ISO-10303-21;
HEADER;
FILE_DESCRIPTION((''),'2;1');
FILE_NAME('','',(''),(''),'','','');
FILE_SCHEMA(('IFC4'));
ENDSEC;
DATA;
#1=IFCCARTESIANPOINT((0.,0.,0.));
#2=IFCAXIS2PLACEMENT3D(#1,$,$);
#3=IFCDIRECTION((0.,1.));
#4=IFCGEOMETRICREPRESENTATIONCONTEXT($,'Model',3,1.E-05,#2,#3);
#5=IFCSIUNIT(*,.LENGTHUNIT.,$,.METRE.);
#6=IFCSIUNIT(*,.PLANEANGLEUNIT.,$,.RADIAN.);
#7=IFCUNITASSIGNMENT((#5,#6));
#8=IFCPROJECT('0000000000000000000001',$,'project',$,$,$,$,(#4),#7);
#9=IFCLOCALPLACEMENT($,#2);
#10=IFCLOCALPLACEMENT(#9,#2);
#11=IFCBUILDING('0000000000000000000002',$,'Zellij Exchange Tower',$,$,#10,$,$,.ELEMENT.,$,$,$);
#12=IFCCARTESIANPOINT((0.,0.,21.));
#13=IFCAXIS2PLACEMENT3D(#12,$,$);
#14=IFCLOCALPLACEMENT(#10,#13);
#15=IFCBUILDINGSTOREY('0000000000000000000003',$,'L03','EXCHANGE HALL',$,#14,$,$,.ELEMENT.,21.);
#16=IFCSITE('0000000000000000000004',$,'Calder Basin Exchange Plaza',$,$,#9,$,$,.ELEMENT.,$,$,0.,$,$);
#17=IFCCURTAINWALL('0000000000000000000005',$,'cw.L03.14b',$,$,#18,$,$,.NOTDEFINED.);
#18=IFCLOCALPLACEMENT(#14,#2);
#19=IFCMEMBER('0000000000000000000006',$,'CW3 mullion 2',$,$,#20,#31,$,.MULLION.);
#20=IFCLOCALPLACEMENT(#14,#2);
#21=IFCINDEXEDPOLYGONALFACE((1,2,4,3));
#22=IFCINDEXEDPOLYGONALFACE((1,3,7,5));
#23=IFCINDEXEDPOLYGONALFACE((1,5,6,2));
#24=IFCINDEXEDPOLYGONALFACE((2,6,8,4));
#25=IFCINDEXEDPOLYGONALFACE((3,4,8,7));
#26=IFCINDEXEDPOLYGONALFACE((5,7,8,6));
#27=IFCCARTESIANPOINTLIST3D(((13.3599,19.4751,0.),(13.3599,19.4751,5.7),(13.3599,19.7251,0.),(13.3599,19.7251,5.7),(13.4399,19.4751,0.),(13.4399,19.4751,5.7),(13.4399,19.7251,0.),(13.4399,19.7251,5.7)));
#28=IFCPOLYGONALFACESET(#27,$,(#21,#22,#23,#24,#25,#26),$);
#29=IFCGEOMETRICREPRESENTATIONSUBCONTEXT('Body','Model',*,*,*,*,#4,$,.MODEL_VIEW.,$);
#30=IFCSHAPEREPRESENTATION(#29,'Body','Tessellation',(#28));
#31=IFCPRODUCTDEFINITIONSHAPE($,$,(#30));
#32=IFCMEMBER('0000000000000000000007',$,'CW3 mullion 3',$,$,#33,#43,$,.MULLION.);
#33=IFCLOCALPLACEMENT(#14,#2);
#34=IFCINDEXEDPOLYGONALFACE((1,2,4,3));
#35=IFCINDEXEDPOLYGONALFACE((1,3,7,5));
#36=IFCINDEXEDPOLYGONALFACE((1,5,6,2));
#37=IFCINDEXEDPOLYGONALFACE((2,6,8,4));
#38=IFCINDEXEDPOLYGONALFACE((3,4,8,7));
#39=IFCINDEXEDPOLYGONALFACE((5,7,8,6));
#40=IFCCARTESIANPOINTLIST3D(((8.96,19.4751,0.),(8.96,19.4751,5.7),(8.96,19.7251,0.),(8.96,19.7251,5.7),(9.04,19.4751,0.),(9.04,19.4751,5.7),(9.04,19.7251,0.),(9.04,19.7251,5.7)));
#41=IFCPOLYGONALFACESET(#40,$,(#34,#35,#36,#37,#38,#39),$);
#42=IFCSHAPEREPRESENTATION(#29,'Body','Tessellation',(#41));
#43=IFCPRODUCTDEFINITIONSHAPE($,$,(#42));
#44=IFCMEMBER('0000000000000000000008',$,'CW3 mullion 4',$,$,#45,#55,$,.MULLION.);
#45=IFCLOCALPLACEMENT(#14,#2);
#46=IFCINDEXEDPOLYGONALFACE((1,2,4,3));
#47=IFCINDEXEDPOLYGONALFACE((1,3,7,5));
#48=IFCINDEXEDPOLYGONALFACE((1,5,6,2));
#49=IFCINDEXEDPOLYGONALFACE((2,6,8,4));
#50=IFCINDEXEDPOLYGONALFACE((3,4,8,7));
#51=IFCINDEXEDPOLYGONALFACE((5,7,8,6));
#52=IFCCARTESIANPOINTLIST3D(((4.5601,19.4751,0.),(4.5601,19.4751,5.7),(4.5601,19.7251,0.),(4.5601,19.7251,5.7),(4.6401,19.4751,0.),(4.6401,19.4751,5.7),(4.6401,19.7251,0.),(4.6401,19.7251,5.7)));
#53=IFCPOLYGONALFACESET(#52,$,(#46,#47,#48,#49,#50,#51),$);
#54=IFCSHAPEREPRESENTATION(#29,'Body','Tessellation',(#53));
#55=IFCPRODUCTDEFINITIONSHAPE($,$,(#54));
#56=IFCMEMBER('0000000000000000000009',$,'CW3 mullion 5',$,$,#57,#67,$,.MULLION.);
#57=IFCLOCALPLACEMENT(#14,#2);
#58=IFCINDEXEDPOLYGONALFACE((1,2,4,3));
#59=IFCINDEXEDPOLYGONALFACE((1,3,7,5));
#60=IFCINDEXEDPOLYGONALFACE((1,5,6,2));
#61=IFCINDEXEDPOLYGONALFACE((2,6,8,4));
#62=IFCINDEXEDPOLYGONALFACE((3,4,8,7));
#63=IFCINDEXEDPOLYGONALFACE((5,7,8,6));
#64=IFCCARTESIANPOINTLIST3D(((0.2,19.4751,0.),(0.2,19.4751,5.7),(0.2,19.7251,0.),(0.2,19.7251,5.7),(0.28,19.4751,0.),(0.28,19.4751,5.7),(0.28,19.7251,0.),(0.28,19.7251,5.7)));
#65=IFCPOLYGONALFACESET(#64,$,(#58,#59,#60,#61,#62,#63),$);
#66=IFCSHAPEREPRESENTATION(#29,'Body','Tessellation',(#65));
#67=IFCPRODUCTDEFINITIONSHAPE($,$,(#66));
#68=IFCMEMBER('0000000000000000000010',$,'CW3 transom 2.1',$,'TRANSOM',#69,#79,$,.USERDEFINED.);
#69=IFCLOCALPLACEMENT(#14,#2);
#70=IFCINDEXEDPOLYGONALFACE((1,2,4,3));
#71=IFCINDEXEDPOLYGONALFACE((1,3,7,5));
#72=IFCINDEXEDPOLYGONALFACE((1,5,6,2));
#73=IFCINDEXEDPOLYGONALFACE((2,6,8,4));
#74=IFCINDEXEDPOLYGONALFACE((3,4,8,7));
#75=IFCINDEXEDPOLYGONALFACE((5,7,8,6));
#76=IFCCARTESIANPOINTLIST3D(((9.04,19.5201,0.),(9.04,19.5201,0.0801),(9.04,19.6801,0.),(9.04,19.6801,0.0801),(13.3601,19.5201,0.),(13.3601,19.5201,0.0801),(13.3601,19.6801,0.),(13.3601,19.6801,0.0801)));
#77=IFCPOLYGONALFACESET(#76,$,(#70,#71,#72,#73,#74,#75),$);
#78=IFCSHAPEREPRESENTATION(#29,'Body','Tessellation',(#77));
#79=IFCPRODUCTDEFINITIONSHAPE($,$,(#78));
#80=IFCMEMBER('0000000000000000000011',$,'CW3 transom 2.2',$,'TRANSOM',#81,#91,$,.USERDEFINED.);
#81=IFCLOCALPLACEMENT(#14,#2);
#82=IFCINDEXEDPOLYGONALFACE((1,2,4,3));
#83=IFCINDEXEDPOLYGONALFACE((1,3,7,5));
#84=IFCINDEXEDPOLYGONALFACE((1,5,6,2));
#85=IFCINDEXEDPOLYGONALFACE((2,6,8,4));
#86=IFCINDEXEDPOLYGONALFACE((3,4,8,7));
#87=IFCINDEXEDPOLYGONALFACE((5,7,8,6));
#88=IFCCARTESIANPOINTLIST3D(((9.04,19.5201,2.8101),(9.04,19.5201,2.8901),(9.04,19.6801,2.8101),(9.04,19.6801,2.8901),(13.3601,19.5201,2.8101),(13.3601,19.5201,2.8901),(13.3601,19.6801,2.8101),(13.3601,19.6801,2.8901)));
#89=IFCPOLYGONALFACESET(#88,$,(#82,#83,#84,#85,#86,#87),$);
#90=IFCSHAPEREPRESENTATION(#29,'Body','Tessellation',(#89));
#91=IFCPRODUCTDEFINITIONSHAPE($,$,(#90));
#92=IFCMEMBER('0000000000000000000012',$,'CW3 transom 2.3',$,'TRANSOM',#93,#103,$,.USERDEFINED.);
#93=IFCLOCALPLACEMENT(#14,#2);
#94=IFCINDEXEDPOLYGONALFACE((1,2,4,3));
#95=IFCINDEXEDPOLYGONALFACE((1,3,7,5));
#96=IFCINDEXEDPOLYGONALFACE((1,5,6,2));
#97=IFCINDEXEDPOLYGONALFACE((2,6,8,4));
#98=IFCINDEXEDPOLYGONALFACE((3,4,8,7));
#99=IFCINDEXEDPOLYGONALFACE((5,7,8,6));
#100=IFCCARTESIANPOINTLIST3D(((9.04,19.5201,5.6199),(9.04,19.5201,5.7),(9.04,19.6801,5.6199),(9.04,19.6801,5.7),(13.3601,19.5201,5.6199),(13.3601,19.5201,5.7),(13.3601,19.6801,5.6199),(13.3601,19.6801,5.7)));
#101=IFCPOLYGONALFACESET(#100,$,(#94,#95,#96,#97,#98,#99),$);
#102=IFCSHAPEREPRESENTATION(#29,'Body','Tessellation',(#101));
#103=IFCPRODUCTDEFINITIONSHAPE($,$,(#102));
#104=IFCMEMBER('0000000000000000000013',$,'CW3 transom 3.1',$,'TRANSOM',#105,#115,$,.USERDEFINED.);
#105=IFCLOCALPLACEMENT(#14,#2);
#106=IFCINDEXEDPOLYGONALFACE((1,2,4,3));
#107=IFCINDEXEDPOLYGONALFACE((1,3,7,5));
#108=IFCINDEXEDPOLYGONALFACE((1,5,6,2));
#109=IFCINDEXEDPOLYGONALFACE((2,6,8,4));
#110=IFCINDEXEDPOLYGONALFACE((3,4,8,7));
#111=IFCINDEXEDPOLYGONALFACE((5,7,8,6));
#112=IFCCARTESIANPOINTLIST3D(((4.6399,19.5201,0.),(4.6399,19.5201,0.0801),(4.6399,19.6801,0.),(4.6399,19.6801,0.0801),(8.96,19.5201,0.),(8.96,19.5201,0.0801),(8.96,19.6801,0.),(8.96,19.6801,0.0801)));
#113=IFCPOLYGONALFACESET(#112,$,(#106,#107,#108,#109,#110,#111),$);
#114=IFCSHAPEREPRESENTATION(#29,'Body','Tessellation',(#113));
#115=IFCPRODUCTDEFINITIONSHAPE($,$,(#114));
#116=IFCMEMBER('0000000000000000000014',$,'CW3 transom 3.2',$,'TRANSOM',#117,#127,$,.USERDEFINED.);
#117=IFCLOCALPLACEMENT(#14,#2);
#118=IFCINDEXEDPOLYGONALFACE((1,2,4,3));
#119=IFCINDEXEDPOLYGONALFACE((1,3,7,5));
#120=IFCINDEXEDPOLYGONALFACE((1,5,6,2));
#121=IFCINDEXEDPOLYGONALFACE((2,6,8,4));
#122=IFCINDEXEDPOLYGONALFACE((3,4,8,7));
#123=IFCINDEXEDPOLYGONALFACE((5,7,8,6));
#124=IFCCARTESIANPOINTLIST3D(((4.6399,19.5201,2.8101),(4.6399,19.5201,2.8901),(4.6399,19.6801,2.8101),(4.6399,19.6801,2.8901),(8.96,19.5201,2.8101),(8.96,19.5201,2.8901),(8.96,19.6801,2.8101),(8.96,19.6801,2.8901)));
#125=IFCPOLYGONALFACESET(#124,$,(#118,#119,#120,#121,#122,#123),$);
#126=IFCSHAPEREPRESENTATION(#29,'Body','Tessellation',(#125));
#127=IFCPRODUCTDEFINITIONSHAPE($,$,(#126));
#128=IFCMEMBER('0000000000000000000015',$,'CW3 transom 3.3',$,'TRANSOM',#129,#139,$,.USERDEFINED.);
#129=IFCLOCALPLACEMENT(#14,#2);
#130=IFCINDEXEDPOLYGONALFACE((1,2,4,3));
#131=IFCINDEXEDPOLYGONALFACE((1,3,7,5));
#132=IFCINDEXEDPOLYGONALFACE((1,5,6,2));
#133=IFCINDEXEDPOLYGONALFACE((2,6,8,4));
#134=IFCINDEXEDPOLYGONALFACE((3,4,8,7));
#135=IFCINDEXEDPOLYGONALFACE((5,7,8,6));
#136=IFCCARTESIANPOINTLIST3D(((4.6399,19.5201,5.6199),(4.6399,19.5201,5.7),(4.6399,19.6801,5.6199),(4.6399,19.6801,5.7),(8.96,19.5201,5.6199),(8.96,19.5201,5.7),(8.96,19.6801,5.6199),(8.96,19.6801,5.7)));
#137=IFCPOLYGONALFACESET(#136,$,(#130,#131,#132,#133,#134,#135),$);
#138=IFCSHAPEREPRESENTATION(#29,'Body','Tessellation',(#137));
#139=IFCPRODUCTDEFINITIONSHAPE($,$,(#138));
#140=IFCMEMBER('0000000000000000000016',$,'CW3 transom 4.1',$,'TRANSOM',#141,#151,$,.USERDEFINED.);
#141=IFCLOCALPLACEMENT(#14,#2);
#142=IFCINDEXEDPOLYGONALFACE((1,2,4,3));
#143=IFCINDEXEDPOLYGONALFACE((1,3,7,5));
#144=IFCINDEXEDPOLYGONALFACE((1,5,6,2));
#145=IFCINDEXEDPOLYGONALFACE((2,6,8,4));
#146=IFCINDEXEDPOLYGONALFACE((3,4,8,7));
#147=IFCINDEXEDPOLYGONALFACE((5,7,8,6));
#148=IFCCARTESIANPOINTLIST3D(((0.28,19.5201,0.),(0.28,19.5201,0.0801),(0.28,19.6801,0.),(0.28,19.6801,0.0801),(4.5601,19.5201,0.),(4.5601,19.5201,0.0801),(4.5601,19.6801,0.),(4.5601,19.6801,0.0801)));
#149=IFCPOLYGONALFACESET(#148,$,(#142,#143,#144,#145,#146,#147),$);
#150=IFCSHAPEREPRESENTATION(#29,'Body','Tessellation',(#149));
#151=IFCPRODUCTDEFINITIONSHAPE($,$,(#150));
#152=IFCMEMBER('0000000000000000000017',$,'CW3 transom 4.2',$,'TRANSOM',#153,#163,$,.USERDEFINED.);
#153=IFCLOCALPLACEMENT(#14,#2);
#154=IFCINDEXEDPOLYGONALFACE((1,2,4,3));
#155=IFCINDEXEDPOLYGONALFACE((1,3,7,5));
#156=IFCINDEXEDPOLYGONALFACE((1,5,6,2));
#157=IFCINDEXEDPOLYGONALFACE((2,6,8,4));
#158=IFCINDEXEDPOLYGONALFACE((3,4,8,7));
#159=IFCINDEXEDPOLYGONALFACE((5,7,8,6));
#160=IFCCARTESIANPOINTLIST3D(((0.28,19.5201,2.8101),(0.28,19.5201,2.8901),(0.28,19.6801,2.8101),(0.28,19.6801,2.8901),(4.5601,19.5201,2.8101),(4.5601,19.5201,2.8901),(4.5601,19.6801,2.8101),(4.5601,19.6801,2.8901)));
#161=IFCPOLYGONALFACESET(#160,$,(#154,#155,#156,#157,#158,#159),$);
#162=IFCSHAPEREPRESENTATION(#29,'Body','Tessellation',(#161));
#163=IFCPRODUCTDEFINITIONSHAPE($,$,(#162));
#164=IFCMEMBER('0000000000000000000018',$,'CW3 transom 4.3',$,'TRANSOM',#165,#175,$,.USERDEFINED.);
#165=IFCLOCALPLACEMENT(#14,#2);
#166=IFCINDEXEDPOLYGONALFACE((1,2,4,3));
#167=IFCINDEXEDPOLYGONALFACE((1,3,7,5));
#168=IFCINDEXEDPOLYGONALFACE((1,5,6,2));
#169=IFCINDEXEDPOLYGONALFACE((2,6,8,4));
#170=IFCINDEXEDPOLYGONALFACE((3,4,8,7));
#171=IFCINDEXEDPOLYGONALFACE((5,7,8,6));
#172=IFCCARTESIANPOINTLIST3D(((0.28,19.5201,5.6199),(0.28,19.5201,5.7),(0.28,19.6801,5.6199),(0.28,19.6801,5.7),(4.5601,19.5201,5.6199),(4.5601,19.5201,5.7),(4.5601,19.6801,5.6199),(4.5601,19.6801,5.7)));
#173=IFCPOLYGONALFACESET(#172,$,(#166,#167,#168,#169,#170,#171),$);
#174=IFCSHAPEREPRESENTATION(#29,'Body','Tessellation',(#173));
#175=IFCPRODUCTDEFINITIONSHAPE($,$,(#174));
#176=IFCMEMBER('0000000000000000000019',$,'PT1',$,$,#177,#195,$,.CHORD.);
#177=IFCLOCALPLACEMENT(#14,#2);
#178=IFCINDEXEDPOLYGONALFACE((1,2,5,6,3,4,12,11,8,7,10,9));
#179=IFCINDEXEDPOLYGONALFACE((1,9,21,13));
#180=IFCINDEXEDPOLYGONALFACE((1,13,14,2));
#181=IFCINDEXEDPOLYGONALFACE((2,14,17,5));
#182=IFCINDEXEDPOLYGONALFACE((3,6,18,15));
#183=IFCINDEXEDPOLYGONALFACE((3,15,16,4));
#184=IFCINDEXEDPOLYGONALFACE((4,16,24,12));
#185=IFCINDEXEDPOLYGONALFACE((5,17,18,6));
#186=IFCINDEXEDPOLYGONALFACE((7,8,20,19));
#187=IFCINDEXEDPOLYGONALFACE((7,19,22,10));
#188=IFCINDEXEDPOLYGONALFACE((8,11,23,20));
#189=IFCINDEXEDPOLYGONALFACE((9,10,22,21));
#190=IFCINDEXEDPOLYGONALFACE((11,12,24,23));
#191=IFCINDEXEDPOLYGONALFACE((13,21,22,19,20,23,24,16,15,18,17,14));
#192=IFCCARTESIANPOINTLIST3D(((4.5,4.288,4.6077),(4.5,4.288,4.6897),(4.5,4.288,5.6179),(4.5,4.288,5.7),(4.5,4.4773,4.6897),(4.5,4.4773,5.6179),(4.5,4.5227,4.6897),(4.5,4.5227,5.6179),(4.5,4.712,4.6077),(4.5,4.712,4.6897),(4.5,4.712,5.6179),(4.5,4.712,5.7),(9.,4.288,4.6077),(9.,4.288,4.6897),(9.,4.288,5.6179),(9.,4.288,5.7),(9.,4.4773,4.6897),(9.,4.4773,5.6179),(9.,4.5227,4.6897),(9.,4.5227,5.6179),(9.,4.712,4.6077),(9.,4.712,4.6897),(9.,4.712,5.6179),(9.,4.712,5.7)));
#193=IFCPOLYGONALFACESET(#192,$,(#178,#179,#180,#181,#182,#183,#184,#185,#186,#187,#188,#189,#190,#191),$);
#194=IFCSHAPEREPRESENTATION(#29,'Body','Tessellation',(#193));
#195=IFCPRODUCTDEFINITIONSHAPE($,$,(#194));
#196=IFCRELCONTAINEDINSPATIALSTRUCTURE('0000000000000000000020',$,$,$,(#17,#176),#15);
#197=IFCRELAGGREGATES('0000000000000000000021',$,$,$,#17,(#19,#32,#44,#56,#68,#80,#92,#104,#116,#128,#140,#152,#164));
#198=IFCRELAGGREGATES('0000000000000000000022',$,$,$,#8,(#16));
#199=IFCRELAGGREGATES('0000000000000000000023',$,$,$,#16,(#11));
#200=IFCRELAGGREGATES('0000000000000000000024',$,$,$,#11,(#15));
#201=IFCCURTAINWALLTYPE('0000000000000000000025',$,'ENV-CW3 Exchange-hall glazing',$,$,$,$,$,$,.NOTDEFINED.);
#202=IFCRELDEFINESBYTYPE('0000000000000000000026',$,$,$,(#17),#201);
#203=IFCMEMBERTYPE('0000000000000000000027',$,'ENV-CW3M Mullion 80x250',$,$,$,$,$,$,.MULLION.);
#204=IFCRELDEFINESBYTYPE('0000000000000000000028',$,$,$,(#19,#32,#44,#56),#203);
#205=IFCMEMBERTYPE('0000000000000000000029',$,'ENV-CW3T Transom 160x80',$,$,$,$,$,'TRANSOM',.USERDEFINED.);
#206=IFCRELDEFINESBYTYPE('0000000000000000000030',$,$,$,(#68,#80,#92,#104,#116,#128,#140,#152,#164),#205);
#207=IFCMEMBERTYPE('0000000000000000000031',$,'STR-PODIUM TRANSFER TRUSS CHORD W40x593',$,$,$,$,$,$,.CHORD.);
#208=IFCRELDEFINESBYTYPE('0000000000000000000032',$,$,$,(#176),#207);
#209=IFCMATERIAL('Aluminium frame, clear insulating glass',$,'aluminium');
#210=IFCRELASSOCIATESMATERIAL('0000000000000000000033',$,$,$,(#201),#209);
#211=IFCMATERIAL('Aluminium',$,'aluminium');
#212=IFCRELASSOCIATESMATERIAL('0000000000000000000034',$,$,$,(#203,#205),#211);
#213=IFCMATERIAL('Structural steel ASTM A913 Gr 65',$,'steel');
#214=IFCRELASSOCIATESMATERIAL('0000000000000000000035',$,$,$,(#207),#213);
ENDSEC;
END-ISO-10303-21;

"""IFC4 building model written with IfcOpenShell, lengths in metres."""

from ifc_helpers import new_model, si_unit, direction, frame, origin, origin_2d, place, context, subcontext, project, spatial, rectangle, i_section, extrude, material, material_profile, profile_set, type_object, element, aggregate, save


model = new_model("IFC4")

# Units and contexts
model_context = context("Model", 3, precision=1e-05, world=origin(), true_north=direction((0.0, 1.0)))
body_context = subcontext(model_context, "Body", "Model", "MODEL_VIEW")
ifc_project = project(units=[si_unit("LENGTHUNIT", "METRE"), si_unit("PLANEANGLEUNIT", "RADIAN")], contexts=[model_context])

# Site, building, storey
site_placement = place(None, origin())
site = spatial("IfcSite", under=ifc_project, at=site_placement, Name="Calder Basin Exchange Plaza", CompositionType="ELEMENT", RefElevation=0.0)
building_placement = place(site_placement, origin())
building = spatial("IfcBuilding", under=site, at=building_placement, Name="Zellij Exchange Tower", CompositionType="ELEMENT")
storey_placement = place(building_placement, frame((0.0, 0.0, 21.0)))
storey = spatial("IfcBuildingStorey", under=building, at=storey_placement, Name="L03", Description="EXCHANGE HALL", CompositionType="ELEMENT", Elevation=21.0)

# Curtain wall, members
ifc_material_1 = material(Name="Aluminium frame, clear insulating glass", Category="aluminium")
curtain_wall_type = type_object("IfcCurtainWallType", Name="ENV-CW3 Exchange-hall glazing", PredefinedType="NOTDEFINED", material=ifc_material_1)
curtain_wall_placement = place(storey_placement, origin())
curtain_wall = element("IfcCurtainWall", 1, at=curtain_wall_placement, inside=storey, type_object=curtain_wall_type, Name="cw.L03.14b", PredefinedType="NOTDEFINED")
ifc_material_2 = material(Name="Aluminium", Category="aluminium")
ifc_material_profile_1 = material_profile(ifc_material_2, rectangle(XDim=0.0801, YDim=0.25, at=origin_2d()), Name="AL 80x250")
ifc_profile_set_1 = profile_set([ifc_material_profile_1], Name="Aluminium")
member_type_1 = type_object("IfcMemberType", Name="ENV-CW3M Mullion 80x250", PredefinedType="MULLION", material=ifc_profile_set_1)
member_1_placement = place(storey_placement, frame((13.3999, 19.6001, 0.0), z_axis=(0.0, 0.0, 1.0), x_axis=(-1.0, 0.0, 0.0)))
member_1 = element("IfcMember", 2, at=member_1_placement, type_object=member_type_1, Name="CW3 mullion 2", PredefinedType="MULLION", context=body_context, shape_type="SweptSolid", body=[
    extrude(rectangle(XDim=0.0801, YDim=0.25, at=origin_2d()), origin(), (0.0, 0.0, 1.0), 5.7),
])
member_2_placement = place(storey_placement, frame((9.0, 19.6001, 0.0), z_axis=(0.0, 0.0, 1.0), x_axis=(-1.0, 0.0, 0.0)))
member_2 = element("IfcMember", 3, at=member_2_placement, type_object=member_type_1, Name="CW3 mullion 3", PredefinedType="MULLION", context=body_context, shape_type="SweptSolid", body=[
    extrude(rectangle(XDim=0.0801, YDim=0.25, at=origin_2d()), origin(), (0.0, 0.0, 1.0), 5.7),
])
member_3_placement = place(storey_placement, frame((4.6001, 19.6001, 0.0), z_axis=(0.0, 0.0, 1.0), x_axis=(-1.0, 0.0, 0.0)))
member_3 = element("IfcMember", 4, at=member_3_placement, type_object=member_type_1, Name="CW3 mullion 4", PredefinedType="MULLION", context=body_context, shape_type="SweptSolid", body=[
    extrude(rectangle(XDim=0.0801, YDim=0.25, at=origin_2d()), origin(), (0.0, 0.0, 1.0), 5.7),
])
member_4_placement = place(storey_placement, frame((0.24, 19.6001, 0.0), z_axis=(0.0, 0.0, 1.0), x_axis=(-1.0, 0.0, 0.0)))
member_4 = element("IfcMember", 5, at=member_4_placement, type_object=member_type_1, Name="CW3 mullion 5", PredefinedType="MULLION", context=body_context, shape_type="SweptSolid", body=[
    extrude(rectangle(XDim=0.0801, YDim=0.25, at=origin_2d()), origin(), (0.0, 0.0, 1.0), 5.7),
])
ifc_material_profile_2 = material_profile(ifc_material_2, rectangle(XDim=0.1599, YDim=0.0801, at=origin_2d()), Name="AL 160x80")
ifc_profile_set_2 = profile_set([ifc_material_profile_2], Name="Aluminium")
member_type_2 = type_object("IfcMemberType", Name="ENV-CW3T Transom 160x80", ElementType="TRANSOM", PredefinedType="USERDEFINED", material=ifc_profile_set_2)
member_5_placement = place(storey_placement, frame((13.3601, 19.6001, 0.04), z_axis=(-1.0, 0.0, 0.0), x_axis=(0.0, -1.0, 0.0)))
member_5 = element("IfcMember", 6, at=member_5_placement, type_object=member_type_2, Name="CW3 transom 2.1", ObjectType="TRANSOM", PredefinedType="USERDEFINED", context=body_context, shape_type="SweptSolid", body=[
    extrude(rectangle(XDim=0.1599, YDim=0.0801, at=origin_2d()), origin(), (0.0, 0.0, 1.0), 4.3201),
])
member_6_placement = place(storey_placement, frame((13.3601, 19.6001, 2.8501), z_axis=(-1.0, 0.0, 0.0), x_axis=(0.0, -1.0, 0.0)))
member_6 = element("IfcMember", 7, at=member_6_placement, type_object=member_type_2, Name="CW3 transom 2.2", ObjectType="TRANSOM", PredefinedType="USERDEFINED", context=body_context, shape_type="SweptSolid", body=[
    extrude(rectangle(XDim=0.1599, YDim=0.0801, at=origin_2d()), origin(), (0.0, 0.0, 1.0), 4.3201),
])
member_7_placement = place(storey_placement, frame((13.3601, 19.6001, 5.6599), z_axis=(-1.0, 0.0, 0.0), x_axis=(0.0, -1.0, 0.0)))
member_7 = element("IfcMember", 8, at=member_7_placement, type_object=member_type_2, Name="CW3 transom 2.3", ObjectType="TRANSOM", PredefinedType="USERDEFINED", context=body_context, shape_type="SweptSolid", body=[
    extrude(rectangle(XDim=0.1599, YDim=0.0801, at=origin_2d()), origin(), (0.0, 0.0, 1.0), 4.3201),
])
member_8_placement = place(storey_placement, frame((8.96, 19.6001, 0.04), z_axis=(-1.0, 0.0, 0.0), x_axis=(0.0, -1.0, 0.0)))
member_8 = element("IfcMember", 9, at=member_8_placement, type_object=member_type_2, Name="CW3 transom 3.1", ObjectType="TRANSOM", PredefinedType="USERDEFINED", context=body_context, shape_type="SweptSolid", body=[
    extrude(rectangle(XDim=0.1599, YDim=0.0801, at=origin_2d()), origin(), (0.0, 0.0, 1.0), 4.3201),
])
member_9_placement = place(storey_placement, frame((8.96, 19.6001, 2.8501), z_axis=(-1.0, 0.0, 0.0), x_axis=(0.0, -1.0, 0.0)))
member_9 = element("IfcMember", 10, at=member_9_placement, type_object=member_type_2, Name="CW3 transom 3.2", ObjectType="TRANSOM", PredefinedType="USERDEFINED", context=body_context, shape_type="SweptSolid", body=[
    extrude(rectangle(XDim=0.1599, YDim=0.0801, at=origin_2d()), origin(), (0.0, 0.0, 1.0), 4.3201),
])
member_10_placement = place(storey_placement, frame((8.96, 19.6001, 5.6599), z_axis=(-1.0, 0.0, 0.0), x_axis=(0.0, -1.0, 0.0)))
member_10 = element("IfcMember", 11, at=member_10_placement, type_object=member_type_2, Name="CW3 transom 3.3", ObjectType="TRANSOM", PredefinedType="USERDEFINED", context=body_context, shape_type="SweptSolid", body=[
    extrude(rectangle(XDim=0.1599, YDim=0.0801, at=origin_2d()), origin(), (0.0, 0.0, 1.0), 4.3201),
])
member_11_placement = place(storey_placement, frame((4.5601, 19.6001, 0.04), z_axis=(-1.0, 0.0, 0.0), x_axis=(0.0, -1.0, 0.0)))
member_11 = element("IfcMember", 12, at=member_11_placement, type_object=member_type_2, Name="CW3 transom 4.1", ObjectType="TRANSOM", PredefinedType="USERDEFINED", context=body_context, shape_type="SweptSolid", body=[
    extrude(rectangle(XDim=0.1599, YDim=0.0801, at=origin_2d()), origin(), (0.0, 0.0, 1.0), 4.28),
])
member_12_placement = place(storey_placement, frame((4.5601, 19.6001, 2.8501), z_axis=(-1.0, 0.0, 0.0), x_axis=(0.0, -1.0, 0.0)))
member_12 = element("IfcMember", 13, at=member_12_placement, type_object=member_type_2, Name="CW3 transom 4.2", ObjectType="TRANSOM", PredefinedType="USERDEFINED", context=body_context, shape_type="SweptSolid", body=[
    extrude(rectangle(XDim=0.1599, YDim=0.0801, at=origin_2d()), origin(), (0.0, 0.0, 1.0), 4.28),
])
member_13_placement = place(storey_placement, frame((4.5601, 19.6001, 5.6599), z_axis=(-1.0, 0.0, 0.0), x_axis=(0.0, -1.0, 0.0)))
member_13 = element("IfcMember", 14, at=member_13_placement, type_object=member_type_2, Name="CW3 transom 4.3", ObjectType="TRANSOM", PredefinedType="USERDEFINED", context=body_context, shape_type="SweptSolid", body=[
    extrude(rectangle(XDim=0.1599, YDim=0.0801, at=origin_2d()), origin(), (0.0, 0.0, 1.0), 4.28),
])

# Member
ifc_material_3 = material(Name="Structural steel ASTM A913 Gr 65", Category="steel")
ifc_material_profile_3 = material_profile(ifc_material_3, i_section(OverallWidth=0.4241, OverallDepth=1.0923, WebThickness=0.0454, FlangeThickness=0.082, at=origin_2d()), Name="W40x593")
ifc_profile_set_3 = profile_set([ifc_material_profile_3], Name="Structural steel ASTM A913 Gr 65")
member_type_3 = type_object("IfcMemberType", Name="STR-PODIUM TRANSFER TRUSS CHORD W40x593", PredefinedType="CHORD", material=ifc_profile_set_3)
for number, where, z_axis, x_axis, name in (
    (15, (4.5, 4.5, 5.1538), (1.0, 0.0, 0.0), (0.0, 1.0, 0.0), "PT1"),
):
    element("IfcMember", number, at=place(storey_placement, frame(where, z_axis=z_axis, x_axis=x_axis)), inside=storey, type_object=member_type_3, Name=name, PredefinedType="CHORD", context=body_context, shape_type="SweptSolid", body=[
        extrude(i_section(OverallWidth=0.4241, OverallDepth=1.0923, WebThickness=0.0454, FlangeThickness=0.082, at=origin_2d()), origin(), (0.0, 0.0, 1.0), 4.5),
    ])

aggregate(curtain_wall, [member_1, member_2, member_3, member_4, member_5, member_6, member_7, member_8, member_9, member_10, member_11, member_12, member_13])

save(model, "model.ifc")
